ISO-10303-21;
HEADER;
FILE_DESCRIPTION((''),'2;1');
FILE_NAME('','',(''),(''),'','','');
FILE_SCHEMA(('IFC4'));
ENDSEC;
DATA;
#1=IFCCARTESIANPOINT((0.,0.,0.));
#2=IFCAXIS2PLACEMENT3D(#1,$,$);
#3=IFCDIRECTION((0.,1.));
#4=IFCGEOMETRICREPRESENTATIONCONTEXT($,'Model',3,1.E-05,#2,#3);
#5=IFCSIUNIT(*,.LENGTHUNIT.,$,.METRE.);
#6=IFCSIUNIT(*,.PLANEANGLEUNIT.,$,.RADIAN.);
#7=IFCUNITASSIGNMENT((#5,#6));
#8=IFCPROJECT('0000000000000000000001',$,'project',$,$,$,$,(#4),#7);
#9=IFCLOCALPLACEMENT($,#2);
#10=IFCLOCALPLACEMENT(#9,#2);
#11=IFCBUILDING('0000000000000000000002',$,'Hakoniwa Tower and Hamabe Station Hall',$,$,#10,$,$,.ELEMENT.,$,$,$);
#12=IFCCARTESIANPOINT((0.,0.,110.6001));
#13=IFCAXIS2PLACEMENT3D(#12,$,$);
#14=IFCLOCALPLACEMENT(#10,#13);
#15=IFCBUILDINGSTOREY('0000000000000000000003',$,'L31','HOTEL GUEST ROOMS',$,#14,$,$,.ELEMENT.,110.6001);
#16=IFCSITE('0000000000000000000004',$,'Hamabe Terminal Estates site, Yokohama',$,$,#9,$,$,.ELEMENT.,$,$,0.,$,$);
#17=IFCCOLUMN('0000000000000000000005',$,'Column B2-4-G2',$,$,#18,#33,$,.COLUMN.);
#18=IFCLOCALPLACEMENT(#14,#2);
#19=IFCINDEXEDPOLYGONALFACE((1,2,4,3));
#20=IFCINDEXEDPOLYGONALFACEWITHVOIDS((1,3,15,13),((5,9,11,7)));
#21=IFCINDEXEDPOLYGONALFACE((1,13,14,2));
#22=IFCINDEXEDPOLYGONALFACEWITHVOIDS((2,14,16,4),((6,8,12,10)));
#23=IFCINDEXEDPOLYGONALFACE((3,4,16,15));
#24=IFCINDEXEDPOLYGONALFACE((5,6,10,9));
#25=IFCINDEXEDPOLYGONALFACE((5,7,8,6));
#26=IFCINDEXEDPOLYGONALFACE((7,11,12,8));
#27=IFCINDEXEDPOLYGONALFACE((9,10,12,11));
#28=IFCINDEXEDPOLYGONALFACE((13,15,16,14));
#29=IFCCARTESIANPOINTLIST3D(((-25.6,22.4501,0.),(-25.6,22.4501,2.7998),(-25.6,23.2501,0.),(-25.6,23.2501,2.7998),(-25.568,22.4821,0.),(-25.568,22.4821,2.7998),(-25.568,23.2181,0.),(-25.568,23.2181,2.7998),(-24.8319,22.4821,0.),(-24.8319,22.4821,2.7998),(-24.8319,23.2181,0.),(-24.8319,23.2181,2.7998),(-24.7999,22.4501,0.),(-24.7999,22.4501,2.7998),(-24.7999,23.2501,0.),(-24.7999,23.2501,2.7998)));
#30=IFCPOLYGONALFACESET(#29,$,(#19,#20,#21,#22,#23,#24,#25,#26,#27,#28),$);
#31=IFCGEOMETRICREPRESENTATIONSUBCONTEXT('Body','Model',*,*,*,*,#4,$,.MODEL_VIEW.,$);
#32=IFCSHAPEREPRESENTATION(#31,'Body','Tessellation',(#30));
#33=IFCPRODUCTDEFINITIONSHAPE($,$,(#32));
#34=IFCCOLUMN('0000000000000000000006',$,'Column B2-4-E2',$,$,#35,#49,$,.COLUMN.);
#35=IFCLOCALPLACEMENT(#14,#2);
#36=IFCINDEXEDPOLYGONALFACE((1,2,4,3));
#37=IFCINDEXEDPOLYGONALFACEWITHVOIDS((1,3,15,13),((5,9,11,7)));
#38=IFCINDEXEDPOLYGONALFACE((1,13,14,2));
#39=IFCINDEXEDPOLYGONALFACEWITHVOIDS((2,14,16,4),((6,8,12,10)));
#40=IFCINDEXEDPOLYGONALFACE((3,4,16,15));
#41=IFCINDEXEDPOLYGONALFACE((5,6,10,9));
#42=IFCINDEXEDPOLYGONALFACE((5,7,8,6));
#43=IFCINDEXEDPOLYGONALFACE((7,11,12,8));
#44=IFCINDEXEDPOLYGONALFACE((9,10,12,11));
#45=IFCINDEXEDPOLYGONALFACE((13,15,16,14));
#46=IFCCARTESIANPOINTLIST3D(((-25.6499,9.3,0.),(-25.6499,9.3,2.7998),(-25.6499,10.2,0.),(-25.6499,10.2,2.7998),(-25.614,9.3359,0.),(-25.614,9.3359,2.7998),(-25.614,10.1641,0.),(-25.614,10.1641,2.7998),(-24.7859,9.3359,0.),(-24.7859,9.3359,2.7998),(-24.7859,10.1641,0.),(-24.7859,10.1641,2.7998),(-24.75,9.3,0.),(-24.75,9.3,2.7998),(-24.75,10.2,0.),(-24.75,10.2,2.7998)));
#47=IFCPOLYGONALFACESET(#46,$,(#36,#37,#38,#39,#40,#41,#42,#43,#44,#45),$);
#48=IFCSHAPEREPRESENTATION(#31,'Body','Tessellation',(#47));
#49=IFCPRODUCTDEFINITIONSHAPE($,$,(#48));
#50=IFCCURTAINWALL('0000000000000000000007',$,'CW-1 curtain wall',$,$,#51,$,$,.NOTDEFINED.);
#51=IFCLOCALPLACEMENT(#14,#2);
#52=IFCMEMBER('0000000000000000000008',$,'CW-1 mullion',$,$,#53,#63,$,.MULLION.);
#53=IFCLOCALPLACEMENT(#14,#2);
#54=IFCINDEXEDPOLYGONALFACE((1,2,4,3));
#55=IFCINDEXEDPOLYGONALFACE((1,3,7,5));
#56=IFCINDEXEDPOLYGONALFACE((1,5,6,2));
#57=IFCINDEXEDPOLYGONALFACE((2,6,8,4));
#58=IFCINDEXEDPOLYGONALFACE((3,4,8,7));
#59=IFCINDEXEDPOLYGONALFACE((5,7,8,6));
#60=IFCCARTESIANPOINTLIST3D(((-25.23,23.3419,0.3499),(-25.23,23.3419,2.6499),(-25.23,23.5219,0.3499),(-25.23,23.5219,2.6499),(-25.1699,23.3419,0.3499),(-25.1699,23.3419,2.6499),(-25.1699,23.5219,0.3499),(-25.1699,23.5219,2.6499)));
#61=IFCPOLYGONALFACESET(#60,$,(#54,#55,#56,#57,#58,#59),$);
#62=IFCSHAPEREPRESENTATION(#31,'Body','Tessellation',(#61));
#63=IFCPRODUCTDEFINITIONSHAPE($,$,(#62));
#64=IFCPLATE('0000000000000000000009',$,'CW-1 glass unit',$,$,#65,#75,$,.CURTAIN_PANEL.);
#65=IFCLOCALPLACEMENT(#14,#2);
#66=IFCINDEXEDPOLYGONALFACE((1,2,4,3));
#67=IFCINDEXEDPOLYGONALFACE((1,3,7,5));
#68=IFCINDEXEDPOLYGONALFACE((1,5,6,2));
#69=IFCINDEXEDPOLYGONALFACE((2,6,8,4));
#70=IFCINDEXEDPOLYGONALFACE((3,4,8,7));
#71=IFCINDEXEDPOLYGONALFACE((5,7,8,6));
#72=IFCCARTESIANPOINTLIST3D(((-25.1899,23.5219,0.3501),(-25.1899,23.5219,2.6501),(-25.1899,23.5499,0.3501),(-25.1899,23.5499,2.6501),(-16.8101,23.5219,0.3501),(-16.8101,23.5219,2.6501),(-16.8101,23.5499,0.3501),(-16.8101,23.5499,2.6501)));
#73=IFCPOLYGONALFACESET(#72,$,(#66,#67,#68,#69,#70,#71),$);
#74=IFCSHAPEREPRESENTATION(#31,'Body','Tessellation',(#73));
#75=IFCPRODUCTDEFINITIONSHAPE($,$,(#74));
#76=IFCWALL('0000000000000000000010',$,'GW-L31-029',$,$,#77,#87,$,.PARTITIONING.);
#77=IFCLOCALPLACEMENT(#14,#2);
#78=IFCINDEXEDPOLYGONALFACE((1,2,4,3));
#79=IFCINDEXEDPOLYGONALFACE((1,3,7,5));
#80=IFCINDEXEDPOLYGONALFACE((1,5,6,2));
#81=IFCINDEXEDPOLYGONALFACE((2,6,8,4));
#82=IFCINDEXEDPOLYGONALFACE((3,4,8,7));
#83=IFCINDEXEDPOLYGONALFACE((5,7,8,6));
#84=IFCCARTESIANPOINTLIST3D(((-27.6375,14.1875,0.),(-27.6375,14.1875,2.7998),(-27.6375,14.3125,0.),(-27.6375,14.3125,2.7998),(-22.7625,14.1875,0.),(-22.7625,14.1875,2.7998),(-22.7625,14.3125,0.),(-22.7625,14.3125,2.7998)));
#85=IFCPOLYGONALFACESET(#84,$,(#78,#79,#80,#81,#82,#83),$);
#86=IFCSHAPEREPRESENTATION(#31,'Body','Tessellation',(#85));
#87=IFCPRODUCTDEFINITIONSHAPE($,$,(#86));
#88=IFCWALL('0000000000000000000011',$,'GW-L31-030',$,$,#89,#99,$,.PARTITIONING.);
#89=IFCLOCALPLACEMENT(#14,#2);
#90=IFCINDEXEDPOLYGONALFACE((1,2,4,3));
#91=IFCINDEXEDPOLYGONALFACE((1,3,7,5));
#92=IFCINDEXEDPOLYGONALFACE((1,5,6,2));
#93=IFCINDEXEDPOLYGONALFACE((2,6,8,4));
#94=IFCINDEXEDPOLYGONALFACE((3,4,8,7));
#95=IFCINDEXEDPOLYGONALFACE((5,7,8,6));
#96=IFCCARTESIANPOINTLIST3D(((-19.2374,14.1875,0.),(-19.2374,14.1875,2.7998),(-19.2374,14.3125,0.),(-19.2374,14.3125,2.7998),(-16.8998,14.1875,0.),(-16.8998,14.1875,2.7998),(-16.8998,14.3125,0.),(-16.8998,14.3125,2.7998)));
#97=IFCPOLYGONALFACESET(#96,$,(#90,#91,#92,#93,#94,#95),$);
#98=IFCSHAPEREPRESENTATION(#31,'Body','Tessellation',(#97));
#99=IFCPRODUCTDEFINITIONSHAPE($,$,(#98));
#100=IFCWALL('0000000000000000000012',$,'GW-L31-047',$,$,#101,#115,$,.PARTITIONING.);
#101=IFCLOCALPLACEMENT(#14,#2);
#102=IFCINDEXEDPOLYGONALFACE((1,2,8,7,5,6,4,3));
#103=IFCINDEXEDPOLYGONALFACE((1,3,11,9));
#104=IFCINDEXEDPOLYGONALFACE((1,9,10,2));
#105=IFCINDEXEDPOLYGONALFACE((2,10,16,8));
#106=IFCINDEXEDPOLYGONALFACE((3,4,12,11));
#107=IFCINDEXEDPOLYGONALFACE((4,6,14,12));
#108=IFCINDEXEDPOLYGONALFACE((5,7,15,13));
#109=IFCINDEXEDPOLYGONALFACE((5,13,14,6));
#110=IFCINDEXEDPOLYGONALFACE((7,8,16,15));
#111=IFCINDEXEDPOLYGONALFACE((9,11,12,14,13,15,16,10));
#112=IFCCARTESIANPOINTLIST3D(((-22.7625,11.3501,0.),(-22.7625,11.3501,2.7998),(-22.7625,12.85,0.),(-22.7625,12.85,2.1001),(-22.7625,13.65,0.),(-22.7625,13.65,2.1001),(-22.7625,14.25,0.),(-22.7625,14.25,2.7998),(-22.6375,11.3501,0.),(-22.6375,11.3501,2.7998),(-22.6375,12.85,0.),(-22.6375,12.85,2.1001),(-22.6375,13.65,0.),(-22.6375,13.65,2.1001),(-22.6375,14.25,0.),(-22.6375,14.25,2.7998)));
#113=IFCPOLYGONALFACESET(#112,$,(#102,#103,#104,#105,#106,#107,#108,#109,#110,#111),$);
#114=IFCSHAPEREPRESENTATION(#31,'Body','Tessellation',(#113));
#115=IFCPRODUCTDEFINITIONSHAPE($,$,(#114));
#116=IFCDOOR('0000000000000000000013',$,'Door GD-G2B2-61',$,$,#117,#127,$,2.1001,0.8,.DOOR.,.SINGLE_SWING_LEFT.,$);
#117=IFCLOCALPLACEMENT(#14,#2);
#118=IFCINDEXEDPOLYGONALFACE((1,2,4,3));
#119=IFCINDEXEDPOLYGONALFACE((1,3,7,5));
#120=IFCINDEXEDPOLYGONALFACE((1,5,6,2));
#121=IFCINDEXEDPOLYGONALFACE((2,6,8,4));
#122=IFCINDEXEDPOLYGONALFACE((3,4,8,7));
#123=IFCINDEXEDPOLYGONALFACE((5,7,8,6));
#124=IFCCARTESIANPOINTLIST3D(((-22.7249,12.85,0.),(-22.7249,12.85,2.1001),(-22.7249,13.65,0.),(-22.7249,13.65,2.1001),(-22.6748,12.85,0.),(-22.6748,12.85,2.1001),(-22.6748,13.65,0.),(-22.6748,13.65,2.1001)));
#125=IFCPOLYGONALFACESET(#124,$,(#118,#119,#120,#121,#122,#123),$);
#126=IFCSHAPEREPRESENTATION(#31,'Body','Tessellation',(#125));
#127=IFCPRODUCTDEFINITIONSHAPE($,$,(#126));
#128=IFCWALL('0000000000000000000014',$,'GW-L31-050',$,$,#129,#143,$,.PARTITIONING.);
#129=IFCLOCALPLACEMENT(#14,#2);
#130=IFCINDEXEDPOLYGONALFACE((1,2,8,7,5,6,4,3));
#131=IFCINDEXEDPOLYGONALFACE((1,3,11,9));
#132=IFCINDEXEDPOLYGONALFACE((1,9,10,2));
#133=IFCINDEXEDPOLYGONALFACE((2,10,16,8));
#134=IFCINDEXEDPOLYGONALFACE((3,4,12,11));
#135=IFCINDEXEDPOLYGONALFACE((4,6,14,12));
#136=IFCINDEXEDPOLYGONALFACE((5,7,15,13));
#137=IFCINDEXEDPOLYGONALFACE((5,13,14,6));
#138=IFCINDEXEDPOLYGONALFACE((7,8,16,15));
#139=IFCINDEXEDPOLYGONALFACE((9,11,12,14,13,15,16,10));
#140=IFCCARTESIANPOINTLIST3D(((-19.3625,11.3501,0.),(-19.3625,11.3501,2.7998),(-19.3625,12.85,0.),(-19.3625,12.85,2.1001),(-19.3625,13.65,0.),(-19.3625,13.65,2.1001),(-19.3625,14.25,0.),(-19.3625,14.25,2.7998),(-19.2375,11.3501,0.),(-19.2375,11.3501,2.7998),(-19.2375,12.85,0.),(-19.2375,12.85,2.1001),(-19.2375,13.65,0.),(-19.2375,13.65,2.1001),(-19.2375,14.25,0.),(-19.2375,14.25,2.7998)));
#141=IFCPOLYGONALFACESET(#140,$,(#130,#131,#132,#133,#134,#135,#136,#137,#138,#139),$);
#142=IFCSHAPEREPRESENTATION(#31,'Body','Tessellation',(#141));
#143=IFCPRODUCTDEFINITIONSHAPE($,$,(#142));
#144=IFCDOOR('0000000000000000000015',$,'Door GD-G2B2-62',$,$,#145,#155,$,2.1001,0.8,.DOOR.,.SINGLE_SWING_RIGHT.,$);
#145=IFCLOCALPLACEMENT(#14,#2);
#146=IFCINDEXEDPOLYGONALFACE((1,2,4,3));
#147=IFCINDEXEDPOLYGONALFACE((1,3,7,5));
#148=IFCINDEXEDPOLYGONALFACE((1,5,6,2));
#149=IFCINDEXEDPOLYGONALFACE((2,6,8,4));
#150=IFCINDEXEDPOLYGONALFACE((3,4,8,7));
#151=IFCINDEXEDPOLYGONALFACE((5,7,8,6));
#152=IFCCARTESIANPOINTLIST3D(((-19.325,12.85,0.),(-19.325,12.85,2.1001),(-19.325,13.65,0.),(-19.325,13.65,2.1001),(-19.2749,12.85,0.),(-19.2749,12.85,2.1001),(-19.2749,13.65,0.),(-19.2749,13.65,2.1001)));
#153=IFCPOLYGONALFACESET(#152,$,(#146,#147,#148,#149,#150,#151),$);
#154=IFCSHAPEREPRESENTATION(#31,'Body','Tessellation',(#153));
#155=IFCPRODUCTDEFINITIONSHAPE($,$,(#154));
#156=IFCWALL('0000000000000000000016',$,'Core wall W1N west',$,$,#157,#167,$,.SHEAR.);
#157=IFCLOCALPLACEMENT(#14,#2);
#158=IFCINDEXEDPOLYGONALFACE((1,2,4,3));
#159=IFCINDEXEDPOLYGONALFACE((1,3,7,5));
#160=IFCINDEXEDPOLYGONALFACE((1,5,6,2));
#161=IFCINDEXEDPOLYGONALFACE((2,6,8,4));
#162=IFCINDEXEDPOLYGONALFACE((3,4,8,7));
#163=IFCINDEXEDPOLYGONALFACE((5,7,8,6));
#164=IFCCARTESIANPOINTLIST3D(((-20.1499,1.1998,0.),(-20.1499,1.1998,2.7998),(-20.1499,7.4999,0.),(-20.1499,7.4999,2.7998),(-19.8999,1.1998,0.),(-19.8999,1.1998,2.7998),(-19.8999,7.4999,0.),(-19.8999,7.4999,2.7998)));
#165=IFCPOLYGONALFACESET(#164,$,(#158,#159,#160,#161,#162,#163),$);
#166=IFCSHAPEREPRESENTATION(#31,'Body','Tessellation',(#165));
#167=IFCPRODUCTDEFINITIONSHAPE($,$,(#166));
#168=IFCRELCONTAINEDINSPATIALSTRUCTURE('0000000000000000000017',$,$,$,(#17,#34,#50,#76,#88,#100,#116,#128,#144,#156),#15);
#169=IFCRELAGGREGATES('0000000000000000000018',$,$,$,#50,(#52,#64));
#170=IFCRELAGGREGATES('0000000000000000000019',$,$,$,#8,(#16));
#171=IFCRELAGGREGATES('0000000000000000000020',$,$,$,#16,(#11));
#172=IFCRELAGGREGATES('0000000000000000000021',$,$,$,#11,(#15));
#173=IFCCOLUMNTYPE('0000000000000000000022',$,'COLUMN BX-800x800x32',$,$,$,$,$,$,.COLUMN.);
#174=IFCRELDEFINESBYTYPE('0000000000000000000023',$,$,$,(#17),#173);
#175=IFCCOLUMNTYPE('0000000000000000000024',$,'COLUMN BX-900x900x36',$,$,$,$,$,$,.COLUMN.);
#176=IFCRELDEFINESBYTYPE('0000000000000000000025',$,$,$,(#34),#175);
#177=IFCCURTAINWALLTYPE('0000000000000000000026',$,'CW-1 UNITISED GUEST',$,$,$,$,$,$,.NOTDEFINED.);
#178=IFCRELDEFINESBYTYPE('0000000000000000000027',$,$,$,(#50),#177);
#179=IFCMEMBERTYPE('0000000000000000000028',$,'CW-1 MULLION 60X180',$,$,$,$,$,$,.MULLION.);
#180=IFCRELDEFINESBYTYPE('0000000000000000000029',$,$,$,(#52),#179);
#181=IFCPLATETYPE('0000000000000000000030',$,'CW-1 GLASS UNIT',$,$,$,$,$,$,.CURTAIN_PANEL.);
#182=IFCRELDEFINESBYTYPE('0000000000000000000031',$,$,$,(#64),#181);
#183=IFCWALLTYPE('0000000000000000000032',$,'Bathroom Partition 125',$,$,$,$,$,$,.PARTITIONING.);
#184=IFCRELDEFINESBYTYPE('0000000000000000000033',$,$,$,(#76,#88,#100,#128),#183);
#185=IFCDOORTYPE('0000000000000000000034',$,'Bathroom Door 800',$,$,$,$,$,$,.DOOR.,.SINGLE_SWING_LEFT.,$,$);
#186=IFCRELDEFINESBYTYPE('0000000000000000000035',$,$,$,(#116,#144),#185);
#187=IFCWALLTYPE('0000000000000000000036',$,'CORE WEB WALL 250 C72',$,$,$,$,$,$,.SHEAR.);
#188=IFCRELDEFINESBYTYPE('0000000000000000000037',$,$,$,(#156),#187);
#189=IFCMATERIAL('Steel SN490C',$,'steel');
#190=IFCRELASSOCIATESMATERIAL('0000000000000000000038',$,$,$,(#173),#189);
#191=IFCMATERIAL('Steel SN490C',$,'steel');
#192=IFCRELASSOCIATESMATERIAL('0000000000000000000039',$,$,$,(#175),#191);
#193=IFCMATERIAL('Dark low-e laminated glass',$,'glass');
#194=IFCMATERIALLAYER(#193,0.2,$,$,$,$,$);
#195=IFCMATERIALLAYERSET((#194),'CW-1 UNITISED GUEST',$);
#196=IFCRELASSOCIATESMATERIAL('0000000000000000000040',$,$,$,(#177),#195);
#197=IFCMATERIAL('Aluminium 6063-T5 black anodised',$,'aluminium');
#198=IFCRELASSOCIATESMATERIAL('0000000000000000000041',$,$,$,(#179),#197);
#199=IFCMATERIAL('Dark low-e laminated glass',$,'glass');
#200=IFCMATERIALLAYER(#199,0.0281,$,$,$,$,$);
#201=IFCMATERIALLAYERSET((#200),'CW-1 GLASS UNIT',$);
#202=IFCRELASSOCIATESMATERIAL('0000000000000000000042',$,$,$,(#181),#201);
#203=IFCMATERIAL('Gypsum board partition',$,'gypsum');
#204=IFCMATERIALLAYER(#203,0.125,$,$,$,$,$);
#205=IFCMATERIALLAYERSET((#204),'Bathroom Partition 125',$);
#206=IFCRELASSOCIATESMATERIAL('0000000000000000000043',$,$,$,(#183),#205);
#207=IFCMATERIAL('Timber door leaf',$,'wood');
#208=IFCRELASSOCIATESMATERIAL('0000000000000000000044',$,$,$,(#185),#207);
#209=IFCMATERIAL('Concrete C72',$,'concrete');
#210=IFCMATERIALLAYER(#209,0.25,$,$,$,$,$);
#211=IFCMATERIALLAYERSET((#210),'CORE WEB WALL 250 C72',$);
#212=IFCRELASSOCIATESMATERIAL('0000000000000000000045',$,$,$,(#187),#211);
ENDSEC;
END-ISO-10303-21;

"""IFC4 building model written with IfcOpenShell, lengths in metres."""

from ifc_helpers import new_model, si_unit, direction, frame, frame_2d, origin, origin_2d, place, context, subcontext, project, spatial, rectangle, hollow_rectangle, extrude, material, layer, layer_set, material_profile, profile_set, type_object, element, fill, aggregate, save


model = new_model("IFC4")

# Units and contexts
model_context = context("Model", 3, precision=1e-05, world=origin(), true_north=direction((0.0, 1.0)))
body_context = subcontext(model_context, "Body", "Model", "MODEL_VIEW")
ifc_project = project(units=[si_unit("LENGTHUNIT", "METRE"), si_unit("PLANEANGLEUNIT", "RADIAN")], contexts=[model_context])

# Site, building, storey
site_placement = place(None, origin())
site = spatial("IfcSite", under=ifc_project, at=site_placement, Name="Hamabe Terminal Estates site, Yokohama", CompositionType="ELEMENT", RefElevation=0.0)
building_placement = place(site_placement, origin())
building = spatial("IfcBuilding", under=site, at=building_placement, Name="Hakoniwa Tower and Hamabe Station Hall", CompositionType="ELEMENT")
storey_placement = place(building_placement, frame((0.0, 0.0, 110.6001)))
storey = spatial("IfcBuildingStorey", under=building, at=storey_placement, Name="L31", Description="HOTEL GUEST ROOMS", CompositionType="ELEMENT", Elevation=110.6001)

# Columns
ifc_material_1 = material(Name="Steel SN490C", Category="steel")
ifc_material_profile_1 = material_profile(ifc_material_1, hollow_rectangle(XDim=0.8, YDim=0.8, WallThickness=0.032, at=origin_2d()), Name="BX-800x800x32")
ifc_profile_set_1 = profile_set([ifc_material_profile_1], Name="Steel SN490C")
column_type_1 = type_object("IfcColumnType", Name="COLUMN BX-800x800x32", PredefinedType="COLUMN", material=ifc_profile_set_1)
column_1_placement = place(storey_placement, frame((-25.2, 22.8501, 0.0), z_axis=(0.0, 0.0, 1.0), x_axis=(1.0, 0.0, 0.0)))
element("IfcColumn", 1, at=column_1_placement, inside=storey, type_object=column_type_1, Name="Column B2-4-G2", PredefinedType="COLUMN", context=body_context, shape_type="SweptSolid", body=[
    extrude(hollow_rectangle(XDim=0.8, YDim=0.8, WallThickness=0.032, at=origin_2d()), origin(), (0.0, 0.0, 1.0), 2.7998),
])
ifc_material_2 = material(Name="Steel SN490C", Category="steel")
ifc_material_profile_2 = material_profile(ifc_material_2, hollow_rectangle(XDim=0.8999, YDim=0.8999, WallThickness=0.0359, at=origin_2d()), Name="BX-900x900x36")
ifc_profile_set_2 = profile_set([ifc_material_profile_2], Name="Steel SN490C")
column_type_2 = type_object("IfcColumnType", Name="COLUMN BX-900x900x36", PredefinedType="COLUMN", material=ifc_profile_set_2)
column_2_placement = place(storey_placement, frame((-25.2, 9.75, 0.0), z_axis=(0.0, 0.0, 1.0), x_axis=(1.0, 0.0, 0.0)))
element("IfcColumn", 2, at=column_2_placement, inside=storey, type_object=column_type_2, Name="Column B2-4-E2", PredefinedType="COLUMN", context=body_context, shape_type="SweptSolid", body=[
    extrude(hollow_rectangle(XDim=0.8999, YDim=0.8999, WallThickness=0.0359, at=origin_2d()), origin(), (0.0, 0.0, 1.0), 2.7998),
])

# Curtain wall, member, plate
ifc_material_3 = material(Name="Dark low-e laminated glass", Category="glass")
ifc_layer_1 = layer(ifc_material_3, 0.2)
ifc_layer_set_1 = layer_set([ifc_layer_1], Name="CW-1 UNITISED GUEST")
curtain_wall_type = type_object("IfcCurtainWallType", Name="CW-1 UNITISED GUEST", PredefinedType="NOTDEFINED", material=ifc_layer_set_1)
curtain_wall_placement = place(storey_placement, origin())
curtain_wall = element("IfcCurtainWall", 3, at=curtain_wall_placement, inside=storey, type_object=curtain_wall_type, Name="CW-1 curtain wall", PredefinedType="NOTDEFINED")
ifc_material_4 = material(Name="Aluminium 6063-T5 black anodised", Category="aluminium")
ifc_material_profile_3 = material_profile(ifc_material_4, rectangle(XDim=0.0601, YDim=0.1799, at=origin_2d()), Name="CW-1 MULLION 60X180")
ifc_profile_set_3 = profile_set([ifc_material_profile_3], Name="Aluminium 6063-T5 black anodised")
member_type = type_object("IfcMemberType", Name="CW-1 MULLION 60X180", PredefinedType="MULLION", material=ifc_profile_set_3)
member_placement = place(storey_placement, frame((-25.2, 23.4319, 0.3499), z_axis=(0.0, 0.0, 1.0), x_axis=(-1.0, 0.0, 0.0)))
member = element("IfcMember", 4, at=member_placement, type_object=member_type, Name="CW-1 mullion", PredefinedType="MULLION", context=body_context, shape_type="SweptSolid", body=[
    extrude(rectangle(XDim=0.0601, YDim=0.1799, at=origin_2d()), origin(), (0.0, 0.0, 1.0), 2.3),
])
ifc_material_5 = material(Name="Dark low-e laminated glass", Category="glass")
ifc_layer_2 = layer(ifc_material_5, 0.0281)
ifc_layer_set_2 = layer_set([ifc_layer_2], Name="CW-1 GLASS UNIT")
plate_type = type_object("IfcPlateType", Name="CW-1 GLASS UNIT", PredefinedType="CURTAIN_PANEL", material=ifc_layer_set_2)
plate_placement = place(storey_placement, frame((-21.0, 23.5359, 0.3501), z_axis=(0.0, 0.0, 1.0), x_axis=(-1.0, 0.0, 0.0)))
plate = element("IfcPlate", 5, at=plate_placement, type_object=plate_type, Name="CW-1 glass unit", PredefinedType="CURTAIN_PANEL", context=body_context, shape_type="SweptSolid", body=[
    extrude(rectangle(XDim=8.3799, YDim=0.0281, at=origin_2d()), origin(), (0.0, 0.0, 1.0), 2.3),
])
aggregate(curtain_wall, [member, plate])

# Walls
ifc_material_6 = material(Name="Gypsum board partition", Category="gypsum")
ifc_layer_3 = layer(ifc_material_6, 0.125)
ifc_layer_set_3 = layer_set([ifc_layer_3], Name="Bathroom Partition 125")
wall_type_1 = type_object("IfcWallType", Name="Bathroom Partition 125", PredefinedType="PARTITIONING", material=ifc_layer_set_3)
wall_1_placement = place(storey_placement, frame((-27.6375, 14.25, 0.0), z_axis=(0.0, 0.0, 1.0), x_axis=(1.0, 0.0, 0.0)))
element("IfcWall", 6, at=wall_1_placement, inside=storey, type_object=wall_type_1, Name="GW-L31-029", PredefinedType="PARTITIONING", context=body_context, shape_type="SweptSolid", body=[
    extrude(rectangle(XDim=4.875, YDim=0.125, at=frame_2d((2.4375, 0.0))), origin(), (0.0, 0.0, 1.0), 2.7998),
])
wall_2_placement = place(storey_placement, frame((-19.2375, 14.25, 0.0), z_axis=(0.0, 0.0, 1.0), x_axis=(1.0, 0.0, 0.0)))
element("IfcWall", 7, at=wall_2_placement, inside=storey, type_object=wall_type_1, Name="GW-L31-030", PredefinedType="PARTITIONING", context=body_context, shape_type="SweptSolid", body=[
    extrude(rectangle(XDim=2.3376, YDim=0.125, at=frame_2d((1.1689, 0.0))), origin(), (0.0, 0.0, 1.0), 2.7998),
])

# Walls, openings, doors
wall_3_placement = place(storey_placement, frame((-22.7, 11.3501, 0.0), z_axis=(0.0, 0.0, 1.0), x_axis=(0.0, 1.0, 0.0)))
wall_3 = element("IfcWall", 8, at=wall_3_placement, inside=storey, type_object=wall_type_1, Name="GW-L31-047", PredefinedType="PARTITIONING", context=body_context, shape_type="SweptSolid", body=[
    extrude(rectangle(XDim=2.8999, YDim=0.125, at=frame_2d((1.45, 0.0))), origin(), (0.0, 0.0, 1.0), 2.7998),
])
opening_1_placement = place(wall_3_placement, frame((1.5, 0.0, 0.0)))
opening_1 = element("IfcOpeningElement", 9, at=opening_1_placement, cuts=wall_3, PredefinedType="OPENING", context=body_context, shape_type="SweptSolid", body=[
    extrude(rectangle(XDim=0.8, YDim=2.1001, at=frame_2d((0.3999, 1.05))), frame((0.0, 0.0725, 0.0), z_axis=(0.0, -1.0, 0.0), x_axis=(1.0, 0.0, 0.0)), (0.0, 0.0, 1.0), 0.145),
])
ifc_material_7 = material(Name="Timber door leaf", Category="wood")
door_type_1 = type_object("IfcDoorType", Name="Bathroom Door 800", OperationType="SINGLE_SWING_LEFT", PredefinedType="DOOR", material=ifc_material_7)
door_1_placement = place(opening_1_placement, origin())
door_1 = element("IfcDoor", 10, at=door_1_placement, inside=storey, type_object=door_type_1, Name="Door GD-G2B2-61", OperationType="SINGLE_SWING_LEFT", OverallHeight=2.1001, OverallWidth=0.8, PredefinedType="DOOR", context=body_context, shape_type="SweptSolid", body=[
    extrude(rectangle(XDim=0.8, YDim=2.1001, at=frame_2d((0.3999, 1.05))), frame((0.0, 0.0249, 0.0), z_axis=(0.0, -1.0, 0.0), x_axis=(1.0, 0.0, 0.0)), (0.0, 0.0, 1.0), 0.05),
])
fill(opening_1, door_1)
wall_4_placement = place(storey_placement, frame((-19.3, 11.3501, 0.0), z_axis=(0.0, 0.0, 1.0), x_axis=(0.0, 1.0, 0.0)))
wall_4 = element("IfcWall", 11, at=wall_4_placement, inside=storey, type_object=wall_type_1, Name="GW-L31-050", PredefinedType="PARTITIONING", context=body_context, shape_type="SweptSolid", body=[
    extrude(rectangle(XDim=2.8999, YDim=0.125, at=frame_2d((1.45, 0.0))), origin(), (0.0, 0.0, 1.0), 2.7998),
])
opening_2_placement = place(wall_4_placement, frame((1.5, 0.0, 0.0)))
opening_2 = element("IfcOpeningElement", 12, at=opening_2_placement, cuts=wall_4, PredefinedType="OPENING", context=body_context, shape_type="SweptSolid", body=[
    extrude(rectangle(XDim=0.8, YDim=2.1001, at=frame_2d((0.3999, 1.05))), frame((0.0, 0.0725, 0.0), z_axis=(0.0, -1.0, 0.0), x_axis=(1.0, 0.0, 0.0)), (0.0, 0.0, 1.0), 0.145),
])
door_2_placement = place(opening_2_placement, origin())
door_2 = element("IfcDoor", 13, at=door_2_placement, inside=storey, type_object=door_type_1, Name="Door GD-G2B2-62", OperationType="SINGLE_SWING_RIGHT", OverallHeight=2.1001, OverallWidth=0.8, PredefinedType="DOOR", context=body_context, shape_type="SweptSolid", body=[
    extrude(rectangle(XDim=0.8, YDim=2.1001, at=frame_2d((0.3999, 1.05))), frame((0.0, 0.0249, 0.0), z_axis=(0.0, -1.0, 0.0), x_axis=(1.0, 0.0, 0.0)), (0.0, 0.0, 1.0), 0.05),
])
fill(opening_2, door_2)

# Wall
ifc_material_8 = material(Name="Concrete C72", Category="concrete")
ifc_layer_4 = layer(ifc_material_8, 0.25)
ifc_layer_set_4 = layer_set([ifc_layer_4], Name="CORE WEB WALL 250 C72")
wall_type_2 = type_object("IfcWallType", Name="CORE WEB WALL 250 C72", PredefinedType="SHEAR", material=ifc_layer_set_4)
wall_5_placement = place(storey_placement, frame((-20.0249, 1.2, 0.0), z_axis=(0.0, 0.0, 1.0), x_axis=(0.0, 1.0, 0.0)))
element("IfcWall", 14, at=wall_5_placement, inside=storey, type_object=wall_type_2, Name="Core wall W1N west", PredefinedType="SHEAR", context=body_context, shape_type="SweptSolid", body=[
    extrude(rectangle(XDim=6.3, YDim=0.25, at=frame_2d((3.1499, 0.0))), origin(), (0.0, 0.0, 1.0), 2.7998),
])

save(model, "model.ifc")
